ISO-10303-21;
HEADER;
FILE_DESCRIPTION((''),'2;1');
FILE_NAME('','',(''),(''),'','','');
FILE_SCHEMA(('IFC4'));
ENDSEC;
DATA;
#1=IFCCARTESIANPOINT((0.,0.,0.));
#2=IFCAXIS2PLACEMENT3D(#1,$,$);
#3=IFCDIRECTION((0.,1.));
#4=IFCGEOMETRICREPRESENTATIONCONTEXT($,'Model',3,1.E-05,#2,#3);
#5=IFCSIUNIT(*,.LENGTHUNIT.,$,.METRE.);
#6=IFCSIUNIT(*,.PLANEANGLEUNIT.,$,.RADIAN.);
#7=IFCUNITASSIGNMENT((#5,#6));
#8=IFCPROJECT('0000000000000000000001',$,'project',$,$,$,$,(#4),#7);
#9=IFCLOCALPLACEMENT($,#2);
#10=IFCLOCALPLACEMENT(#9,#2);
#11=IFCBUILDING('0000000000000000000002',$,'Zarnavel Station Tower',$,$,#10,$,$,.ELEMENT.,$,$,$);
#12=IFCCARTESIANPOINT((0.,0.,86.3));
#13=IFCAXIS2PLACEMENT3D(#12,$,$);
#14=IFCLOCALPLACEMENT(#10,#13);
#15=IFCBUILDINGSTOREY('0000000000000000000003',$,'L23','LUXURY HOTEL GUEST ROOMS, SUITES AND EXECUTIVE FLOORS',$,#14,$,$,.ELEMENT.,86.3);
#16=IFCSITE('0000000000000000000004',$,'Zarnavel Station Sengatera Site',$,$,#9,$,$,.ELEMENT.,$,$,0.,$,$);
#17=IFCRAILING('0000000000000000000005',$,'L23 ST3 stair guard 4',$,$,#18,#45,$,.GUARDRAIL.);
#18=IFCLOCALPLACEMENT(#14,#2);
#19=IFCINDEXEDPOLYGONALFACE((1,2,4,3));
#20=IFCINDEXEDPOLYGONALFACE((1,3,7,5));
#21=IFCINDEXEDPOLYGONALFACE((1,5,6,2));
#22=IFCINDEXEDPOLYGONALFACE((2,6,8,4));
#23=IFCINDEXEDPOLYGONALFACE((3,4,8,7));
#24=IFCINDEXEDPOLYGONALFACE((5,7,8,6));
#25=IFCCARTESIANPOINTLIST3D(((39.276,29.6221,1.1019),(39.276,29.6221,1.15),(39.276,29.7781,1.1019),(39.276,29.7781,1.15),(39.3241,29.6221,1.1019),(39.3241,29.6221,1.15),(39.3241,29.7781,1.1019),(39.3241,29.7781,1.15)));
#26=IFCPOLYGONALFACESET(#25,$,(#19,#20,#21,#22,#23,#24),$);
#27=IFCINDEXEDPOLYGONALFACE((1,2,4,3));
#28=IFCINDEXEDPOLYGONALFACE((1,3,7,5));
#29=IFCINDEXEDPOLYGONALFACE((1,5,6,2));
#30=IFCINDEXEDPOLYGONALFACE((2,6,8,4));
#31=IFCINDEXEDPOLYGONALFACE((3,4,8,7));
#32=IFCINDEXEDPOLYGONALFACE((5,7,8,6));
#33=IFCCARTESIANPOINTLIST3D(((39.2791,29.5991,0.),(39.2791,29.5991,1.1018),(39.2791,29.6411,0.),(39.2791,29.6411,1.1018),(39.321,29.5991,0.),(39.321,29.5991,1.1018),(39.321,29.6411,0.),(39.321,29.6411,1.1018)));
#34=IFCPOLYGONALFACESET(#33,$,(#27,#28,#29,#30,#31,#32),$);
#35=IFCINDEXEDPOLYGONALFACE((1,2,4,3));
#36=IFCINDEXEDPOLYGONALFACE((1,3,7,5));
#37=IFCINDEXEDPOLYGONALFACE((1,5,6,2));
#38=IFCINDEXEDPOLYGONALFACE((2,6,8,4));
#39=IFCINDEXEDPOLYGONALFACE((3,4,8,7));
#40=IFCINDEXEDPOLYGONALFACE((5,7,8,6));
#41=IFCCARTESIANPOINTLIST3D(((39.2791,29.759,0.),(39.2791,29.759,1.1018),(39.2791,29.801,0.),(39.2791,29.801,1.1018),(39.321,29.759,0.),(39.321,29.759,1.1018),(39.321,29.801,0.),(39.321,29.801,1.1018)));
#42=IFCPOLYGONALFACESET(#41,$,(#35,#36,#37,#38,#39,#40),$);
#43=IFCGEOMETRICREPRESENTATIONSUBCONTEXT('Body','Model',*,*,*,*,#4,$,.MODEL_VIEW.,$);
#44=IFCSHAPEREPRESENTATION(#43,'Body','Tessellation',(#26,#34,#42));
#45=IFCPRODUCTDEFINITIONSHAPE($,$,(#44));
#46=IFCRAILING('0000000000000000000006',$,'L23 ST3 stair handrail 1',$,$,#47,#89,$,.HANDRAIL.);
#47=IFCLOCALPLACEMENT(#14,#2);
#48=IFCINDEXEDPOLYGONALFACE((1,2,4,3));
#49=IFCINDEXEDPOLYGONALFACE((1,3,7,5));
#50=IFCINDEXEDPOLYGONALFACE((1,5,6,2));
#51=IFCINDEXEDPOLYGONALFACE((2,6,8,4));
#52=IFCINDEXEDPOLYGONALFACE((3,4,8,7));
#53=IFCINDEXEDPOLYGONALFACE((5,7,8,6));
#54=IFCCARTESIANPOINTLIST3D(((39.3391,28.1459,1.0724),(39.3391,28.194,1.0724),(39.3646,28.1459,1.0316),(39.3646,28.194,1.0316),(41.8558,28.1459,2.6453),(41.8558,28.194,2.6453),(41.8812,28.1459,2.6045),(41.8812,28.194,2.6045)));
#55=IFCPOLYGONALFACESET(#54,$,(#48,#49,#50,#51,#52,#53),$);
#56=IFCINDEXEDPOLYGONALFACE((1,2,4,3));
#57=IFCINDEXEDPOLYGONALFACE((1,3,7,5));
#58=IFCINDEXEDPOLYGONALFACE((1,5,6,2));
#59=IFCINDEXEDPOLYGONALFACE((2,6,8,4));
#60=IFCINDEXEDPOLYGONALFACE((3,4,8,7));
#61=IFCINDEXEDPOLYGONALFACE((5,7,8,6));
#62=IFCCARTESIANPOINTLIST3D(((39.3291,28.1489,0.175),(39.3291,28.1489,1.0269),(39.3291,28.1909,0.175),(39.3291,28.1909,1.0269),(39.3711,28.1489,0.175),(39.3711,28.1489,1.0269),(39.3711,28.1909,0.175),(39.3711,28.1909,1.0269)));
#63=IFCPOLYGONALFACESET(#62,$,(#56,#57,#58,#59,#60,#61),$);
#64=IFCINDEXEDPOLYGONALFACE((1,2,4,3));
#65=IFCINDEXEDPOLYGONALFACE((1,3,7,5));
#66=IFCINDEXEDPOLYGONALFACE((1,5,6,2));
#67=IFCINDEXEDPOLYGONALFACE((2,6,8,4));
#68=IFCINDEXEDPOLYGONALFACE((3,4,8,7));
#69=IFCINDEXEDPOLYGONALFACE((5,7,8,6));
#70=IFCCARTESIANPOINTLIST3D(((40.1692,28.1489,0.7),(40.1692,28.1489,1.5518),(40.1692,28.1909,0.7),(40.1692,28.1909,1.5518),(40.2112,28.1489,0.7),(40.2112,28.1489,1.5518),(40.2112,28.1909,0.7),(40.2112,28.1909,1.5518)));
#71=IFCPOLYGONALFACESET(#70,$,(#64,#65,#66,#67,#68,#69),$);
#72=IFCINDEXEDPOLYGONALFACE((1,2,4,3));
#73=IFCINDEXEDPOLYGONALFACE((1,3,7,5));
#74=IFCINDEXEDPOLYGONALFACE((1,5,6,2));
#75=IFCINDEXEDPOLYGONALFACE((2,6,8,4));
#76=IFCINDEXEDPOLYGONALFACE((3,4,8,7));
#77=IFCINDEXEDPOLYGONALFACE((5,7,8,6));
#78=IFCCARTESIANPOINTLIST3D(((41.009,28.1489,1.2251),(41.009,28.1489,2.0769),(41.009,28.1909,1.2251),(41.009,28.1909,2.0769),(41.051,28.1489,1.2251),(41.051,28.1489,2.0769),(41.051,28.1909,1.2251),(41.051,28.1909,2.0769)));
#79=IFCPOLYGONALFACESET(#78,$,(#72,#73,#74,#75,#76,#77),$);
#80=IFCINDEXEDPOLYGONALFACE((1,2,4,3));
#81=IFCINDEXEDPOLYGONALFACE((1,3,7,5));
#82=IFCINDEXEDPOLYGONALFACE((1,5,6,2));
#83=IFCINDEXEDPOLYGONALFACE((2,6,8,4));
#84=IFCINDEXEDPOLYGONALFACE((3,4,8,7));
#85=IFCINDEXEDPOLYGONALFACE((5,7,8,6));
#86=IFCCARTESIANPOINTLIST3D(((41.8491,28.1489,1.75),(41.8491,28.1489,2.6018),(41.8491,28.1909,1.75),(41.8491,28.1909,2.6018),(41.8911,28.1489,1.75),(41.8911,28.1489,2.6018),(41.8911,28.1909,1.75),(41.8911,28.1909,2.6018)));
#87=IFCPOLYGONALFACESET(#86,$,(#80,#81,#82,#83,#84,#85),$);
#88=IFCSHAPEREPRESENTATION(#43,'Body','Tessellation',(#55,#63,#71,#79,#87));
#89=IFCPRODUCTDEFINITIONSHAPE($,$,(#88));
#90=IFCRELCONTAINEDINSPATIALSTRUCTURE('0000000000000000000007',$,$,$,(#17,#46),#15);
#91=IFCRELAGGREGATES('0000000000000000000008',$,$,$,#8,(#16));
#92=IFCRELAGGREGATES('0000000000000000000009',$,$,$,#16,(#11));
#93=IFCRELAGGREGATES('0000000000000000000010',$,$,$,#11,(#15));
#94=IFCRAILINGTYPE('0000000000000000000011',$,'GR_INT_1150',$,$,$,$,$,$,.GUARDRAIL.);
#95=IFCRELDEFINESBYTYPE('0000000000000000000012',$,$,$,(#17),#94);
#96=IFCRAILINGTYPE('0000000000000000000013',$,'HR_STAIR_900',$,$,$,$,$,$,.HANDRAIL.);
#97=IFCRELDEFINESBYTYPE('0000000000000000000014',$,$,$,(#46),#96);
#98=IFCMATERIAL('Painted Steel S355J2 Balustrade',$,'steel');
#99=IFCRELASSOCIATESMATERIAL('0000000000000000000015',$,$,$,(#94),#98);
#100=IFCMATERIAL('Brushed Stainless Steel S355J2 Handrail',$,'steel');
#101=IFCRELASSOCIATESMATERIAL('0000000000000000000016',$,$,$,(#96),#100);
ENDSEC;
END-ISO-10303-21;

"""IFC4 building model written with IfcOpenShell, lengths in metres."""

from ifc_helpers import new_model, si_unit, direction, frame, origin, origin_2d, place, context, subcontext, project, spatial, rectangle, extrude, material, type_object, element, save


model = new_model("IFC4")

# Units and contexts
model_context = context("Model", 3, precision=1e-05, world=origin(), true_north=direction((0.0, 1.0)))
body_context = subcontext(model_context, "Body", "Model", "MODEL_VIEW")
ifc_project = project(units=[si_unit("LENGTHUNIT", "METRE"), si_unit("PLANEANGLEUNIT", "RADIAN")], contexts=[model_context])

# Site, building, storey
site_placement = place(None, origin())
site = spatial("IfcSite", under=ifc_project, at=site_placement, Name="Zarnavel Station Sengatera Site", CompositionType="ELEMENT", RefElevation=0.0)
building_placement = place(site_placement, origin())
building = spatial("IfcBuilding", under=site, at=building_placement, Name="Zarnavel Station Tower", CompositionType="ELEMENT")
storey_placement = place(building_placement, frame((0.0, 0.0, 86.3)))
storey = spatial("IfcBuildingStorey", under=building, at=storey_placement, Name="L23", Description="LUXURY HOTEL GUEST ROOMS, SUITES AND EXECUTIVE FLOORS", CompositionType="ELEMENT", Elevation=86.3)

# Railings
ifc_material_1 = material(Name="Painted Steel S355J2 Balustrade", Category="steel")
railing_type_1 = type_object("IfcRailingType", Name="GR_INT_1150", PredefinedType="GUARDRAIL", material=ifc_material_1)
railing_1_placement = place(storey_placement, frame((39.3, 29.6201, 0.0)))
element("IfcRailing", 1, at=railing_1_placement, inside=storey, type_object=railing_type_1, Name="L23 ST3 stair guard 4", PredefinedType="GUARDRAIL", context=body_context, shape_type="SweptSolid", body=[
    extrude(rectangle(XDim=0.0481, YDim=0.0481, at=origin_2d()), frame((0.0, 0.002, 1.126), z_axis=(0.0, 1.0, 0.0), x_axis=(-1.0, 0.0, 0.0)), (0.0, 0.0, 1.0), 0.156),
    extrude(rectangle(XDim=0.042, YDim=0.042, at=origin_2d()), origin(), (0.0, 0.0, 1.0), 1.1018),
    extrude(rectangle(XDim=0.042, YDim=0.042, at=origin_2d()), frame((0.0, 0.1599, 0.0)), (0.0, 0.0, 1.0), 1.1018),
])
ifc_material_2 = material(Name="Brushed Stainless Steel S355J2 Handrail", Category="steel")
railing_type_2 = type_object("IfcRailingType", Name="HR_STAIR_900", PredefinedType="HANDRAIL", material=ifc_material_2)
railing_2_placement = place(storey_placement, frame((39.3501, 28.1699, 0.175)))
element("IfcRailing", 2, at=railing_2_placement, inside=storey, type_object=railing_type_2, Name="L23 ST3 stair handrail 1", PredefinedType="HANDRAIL", context=body_context, shape_type="SweptSolid", body=[
    extrude(rectangle(XDim=0.0481, YDim=0.0481, at=origin_2d()), frame((0.0017, 0.0, 0.877), z_axis=(0.848008, 0.0, 0.529984), x_axis=(0.0, 1.0, 0.0)), (0.0, 0.0, 1.0), 2.9678),
    extrude(rectangle(XDim=0.042, YDim=0.042, at=origin_2d()), origin(), (0.0, 0.0, 1.0), 0.8518),
    extrude(rectangle(XDim=0.042, YDim=0.042, at=origin_2d()), frame((0.8401, 0.0, 0.5249)), (0.0, 0.0, 1.0), 0.8518),
    extrude(rectangle(XDim=0.042, YDim=0.042, at=origin_2d()), frame((1.6799, 0.0, 1.05)), (0.0, 0.0, 1.0), 0.8518),
    extrude(rectangle(XDim=0.042, YDim=0.042, at=origin_2d()), frame((2.52, 0.0, 1.575)), (0.0, 0.0, 1.0), 0.8518),
])

save(model, "model.ifc")
